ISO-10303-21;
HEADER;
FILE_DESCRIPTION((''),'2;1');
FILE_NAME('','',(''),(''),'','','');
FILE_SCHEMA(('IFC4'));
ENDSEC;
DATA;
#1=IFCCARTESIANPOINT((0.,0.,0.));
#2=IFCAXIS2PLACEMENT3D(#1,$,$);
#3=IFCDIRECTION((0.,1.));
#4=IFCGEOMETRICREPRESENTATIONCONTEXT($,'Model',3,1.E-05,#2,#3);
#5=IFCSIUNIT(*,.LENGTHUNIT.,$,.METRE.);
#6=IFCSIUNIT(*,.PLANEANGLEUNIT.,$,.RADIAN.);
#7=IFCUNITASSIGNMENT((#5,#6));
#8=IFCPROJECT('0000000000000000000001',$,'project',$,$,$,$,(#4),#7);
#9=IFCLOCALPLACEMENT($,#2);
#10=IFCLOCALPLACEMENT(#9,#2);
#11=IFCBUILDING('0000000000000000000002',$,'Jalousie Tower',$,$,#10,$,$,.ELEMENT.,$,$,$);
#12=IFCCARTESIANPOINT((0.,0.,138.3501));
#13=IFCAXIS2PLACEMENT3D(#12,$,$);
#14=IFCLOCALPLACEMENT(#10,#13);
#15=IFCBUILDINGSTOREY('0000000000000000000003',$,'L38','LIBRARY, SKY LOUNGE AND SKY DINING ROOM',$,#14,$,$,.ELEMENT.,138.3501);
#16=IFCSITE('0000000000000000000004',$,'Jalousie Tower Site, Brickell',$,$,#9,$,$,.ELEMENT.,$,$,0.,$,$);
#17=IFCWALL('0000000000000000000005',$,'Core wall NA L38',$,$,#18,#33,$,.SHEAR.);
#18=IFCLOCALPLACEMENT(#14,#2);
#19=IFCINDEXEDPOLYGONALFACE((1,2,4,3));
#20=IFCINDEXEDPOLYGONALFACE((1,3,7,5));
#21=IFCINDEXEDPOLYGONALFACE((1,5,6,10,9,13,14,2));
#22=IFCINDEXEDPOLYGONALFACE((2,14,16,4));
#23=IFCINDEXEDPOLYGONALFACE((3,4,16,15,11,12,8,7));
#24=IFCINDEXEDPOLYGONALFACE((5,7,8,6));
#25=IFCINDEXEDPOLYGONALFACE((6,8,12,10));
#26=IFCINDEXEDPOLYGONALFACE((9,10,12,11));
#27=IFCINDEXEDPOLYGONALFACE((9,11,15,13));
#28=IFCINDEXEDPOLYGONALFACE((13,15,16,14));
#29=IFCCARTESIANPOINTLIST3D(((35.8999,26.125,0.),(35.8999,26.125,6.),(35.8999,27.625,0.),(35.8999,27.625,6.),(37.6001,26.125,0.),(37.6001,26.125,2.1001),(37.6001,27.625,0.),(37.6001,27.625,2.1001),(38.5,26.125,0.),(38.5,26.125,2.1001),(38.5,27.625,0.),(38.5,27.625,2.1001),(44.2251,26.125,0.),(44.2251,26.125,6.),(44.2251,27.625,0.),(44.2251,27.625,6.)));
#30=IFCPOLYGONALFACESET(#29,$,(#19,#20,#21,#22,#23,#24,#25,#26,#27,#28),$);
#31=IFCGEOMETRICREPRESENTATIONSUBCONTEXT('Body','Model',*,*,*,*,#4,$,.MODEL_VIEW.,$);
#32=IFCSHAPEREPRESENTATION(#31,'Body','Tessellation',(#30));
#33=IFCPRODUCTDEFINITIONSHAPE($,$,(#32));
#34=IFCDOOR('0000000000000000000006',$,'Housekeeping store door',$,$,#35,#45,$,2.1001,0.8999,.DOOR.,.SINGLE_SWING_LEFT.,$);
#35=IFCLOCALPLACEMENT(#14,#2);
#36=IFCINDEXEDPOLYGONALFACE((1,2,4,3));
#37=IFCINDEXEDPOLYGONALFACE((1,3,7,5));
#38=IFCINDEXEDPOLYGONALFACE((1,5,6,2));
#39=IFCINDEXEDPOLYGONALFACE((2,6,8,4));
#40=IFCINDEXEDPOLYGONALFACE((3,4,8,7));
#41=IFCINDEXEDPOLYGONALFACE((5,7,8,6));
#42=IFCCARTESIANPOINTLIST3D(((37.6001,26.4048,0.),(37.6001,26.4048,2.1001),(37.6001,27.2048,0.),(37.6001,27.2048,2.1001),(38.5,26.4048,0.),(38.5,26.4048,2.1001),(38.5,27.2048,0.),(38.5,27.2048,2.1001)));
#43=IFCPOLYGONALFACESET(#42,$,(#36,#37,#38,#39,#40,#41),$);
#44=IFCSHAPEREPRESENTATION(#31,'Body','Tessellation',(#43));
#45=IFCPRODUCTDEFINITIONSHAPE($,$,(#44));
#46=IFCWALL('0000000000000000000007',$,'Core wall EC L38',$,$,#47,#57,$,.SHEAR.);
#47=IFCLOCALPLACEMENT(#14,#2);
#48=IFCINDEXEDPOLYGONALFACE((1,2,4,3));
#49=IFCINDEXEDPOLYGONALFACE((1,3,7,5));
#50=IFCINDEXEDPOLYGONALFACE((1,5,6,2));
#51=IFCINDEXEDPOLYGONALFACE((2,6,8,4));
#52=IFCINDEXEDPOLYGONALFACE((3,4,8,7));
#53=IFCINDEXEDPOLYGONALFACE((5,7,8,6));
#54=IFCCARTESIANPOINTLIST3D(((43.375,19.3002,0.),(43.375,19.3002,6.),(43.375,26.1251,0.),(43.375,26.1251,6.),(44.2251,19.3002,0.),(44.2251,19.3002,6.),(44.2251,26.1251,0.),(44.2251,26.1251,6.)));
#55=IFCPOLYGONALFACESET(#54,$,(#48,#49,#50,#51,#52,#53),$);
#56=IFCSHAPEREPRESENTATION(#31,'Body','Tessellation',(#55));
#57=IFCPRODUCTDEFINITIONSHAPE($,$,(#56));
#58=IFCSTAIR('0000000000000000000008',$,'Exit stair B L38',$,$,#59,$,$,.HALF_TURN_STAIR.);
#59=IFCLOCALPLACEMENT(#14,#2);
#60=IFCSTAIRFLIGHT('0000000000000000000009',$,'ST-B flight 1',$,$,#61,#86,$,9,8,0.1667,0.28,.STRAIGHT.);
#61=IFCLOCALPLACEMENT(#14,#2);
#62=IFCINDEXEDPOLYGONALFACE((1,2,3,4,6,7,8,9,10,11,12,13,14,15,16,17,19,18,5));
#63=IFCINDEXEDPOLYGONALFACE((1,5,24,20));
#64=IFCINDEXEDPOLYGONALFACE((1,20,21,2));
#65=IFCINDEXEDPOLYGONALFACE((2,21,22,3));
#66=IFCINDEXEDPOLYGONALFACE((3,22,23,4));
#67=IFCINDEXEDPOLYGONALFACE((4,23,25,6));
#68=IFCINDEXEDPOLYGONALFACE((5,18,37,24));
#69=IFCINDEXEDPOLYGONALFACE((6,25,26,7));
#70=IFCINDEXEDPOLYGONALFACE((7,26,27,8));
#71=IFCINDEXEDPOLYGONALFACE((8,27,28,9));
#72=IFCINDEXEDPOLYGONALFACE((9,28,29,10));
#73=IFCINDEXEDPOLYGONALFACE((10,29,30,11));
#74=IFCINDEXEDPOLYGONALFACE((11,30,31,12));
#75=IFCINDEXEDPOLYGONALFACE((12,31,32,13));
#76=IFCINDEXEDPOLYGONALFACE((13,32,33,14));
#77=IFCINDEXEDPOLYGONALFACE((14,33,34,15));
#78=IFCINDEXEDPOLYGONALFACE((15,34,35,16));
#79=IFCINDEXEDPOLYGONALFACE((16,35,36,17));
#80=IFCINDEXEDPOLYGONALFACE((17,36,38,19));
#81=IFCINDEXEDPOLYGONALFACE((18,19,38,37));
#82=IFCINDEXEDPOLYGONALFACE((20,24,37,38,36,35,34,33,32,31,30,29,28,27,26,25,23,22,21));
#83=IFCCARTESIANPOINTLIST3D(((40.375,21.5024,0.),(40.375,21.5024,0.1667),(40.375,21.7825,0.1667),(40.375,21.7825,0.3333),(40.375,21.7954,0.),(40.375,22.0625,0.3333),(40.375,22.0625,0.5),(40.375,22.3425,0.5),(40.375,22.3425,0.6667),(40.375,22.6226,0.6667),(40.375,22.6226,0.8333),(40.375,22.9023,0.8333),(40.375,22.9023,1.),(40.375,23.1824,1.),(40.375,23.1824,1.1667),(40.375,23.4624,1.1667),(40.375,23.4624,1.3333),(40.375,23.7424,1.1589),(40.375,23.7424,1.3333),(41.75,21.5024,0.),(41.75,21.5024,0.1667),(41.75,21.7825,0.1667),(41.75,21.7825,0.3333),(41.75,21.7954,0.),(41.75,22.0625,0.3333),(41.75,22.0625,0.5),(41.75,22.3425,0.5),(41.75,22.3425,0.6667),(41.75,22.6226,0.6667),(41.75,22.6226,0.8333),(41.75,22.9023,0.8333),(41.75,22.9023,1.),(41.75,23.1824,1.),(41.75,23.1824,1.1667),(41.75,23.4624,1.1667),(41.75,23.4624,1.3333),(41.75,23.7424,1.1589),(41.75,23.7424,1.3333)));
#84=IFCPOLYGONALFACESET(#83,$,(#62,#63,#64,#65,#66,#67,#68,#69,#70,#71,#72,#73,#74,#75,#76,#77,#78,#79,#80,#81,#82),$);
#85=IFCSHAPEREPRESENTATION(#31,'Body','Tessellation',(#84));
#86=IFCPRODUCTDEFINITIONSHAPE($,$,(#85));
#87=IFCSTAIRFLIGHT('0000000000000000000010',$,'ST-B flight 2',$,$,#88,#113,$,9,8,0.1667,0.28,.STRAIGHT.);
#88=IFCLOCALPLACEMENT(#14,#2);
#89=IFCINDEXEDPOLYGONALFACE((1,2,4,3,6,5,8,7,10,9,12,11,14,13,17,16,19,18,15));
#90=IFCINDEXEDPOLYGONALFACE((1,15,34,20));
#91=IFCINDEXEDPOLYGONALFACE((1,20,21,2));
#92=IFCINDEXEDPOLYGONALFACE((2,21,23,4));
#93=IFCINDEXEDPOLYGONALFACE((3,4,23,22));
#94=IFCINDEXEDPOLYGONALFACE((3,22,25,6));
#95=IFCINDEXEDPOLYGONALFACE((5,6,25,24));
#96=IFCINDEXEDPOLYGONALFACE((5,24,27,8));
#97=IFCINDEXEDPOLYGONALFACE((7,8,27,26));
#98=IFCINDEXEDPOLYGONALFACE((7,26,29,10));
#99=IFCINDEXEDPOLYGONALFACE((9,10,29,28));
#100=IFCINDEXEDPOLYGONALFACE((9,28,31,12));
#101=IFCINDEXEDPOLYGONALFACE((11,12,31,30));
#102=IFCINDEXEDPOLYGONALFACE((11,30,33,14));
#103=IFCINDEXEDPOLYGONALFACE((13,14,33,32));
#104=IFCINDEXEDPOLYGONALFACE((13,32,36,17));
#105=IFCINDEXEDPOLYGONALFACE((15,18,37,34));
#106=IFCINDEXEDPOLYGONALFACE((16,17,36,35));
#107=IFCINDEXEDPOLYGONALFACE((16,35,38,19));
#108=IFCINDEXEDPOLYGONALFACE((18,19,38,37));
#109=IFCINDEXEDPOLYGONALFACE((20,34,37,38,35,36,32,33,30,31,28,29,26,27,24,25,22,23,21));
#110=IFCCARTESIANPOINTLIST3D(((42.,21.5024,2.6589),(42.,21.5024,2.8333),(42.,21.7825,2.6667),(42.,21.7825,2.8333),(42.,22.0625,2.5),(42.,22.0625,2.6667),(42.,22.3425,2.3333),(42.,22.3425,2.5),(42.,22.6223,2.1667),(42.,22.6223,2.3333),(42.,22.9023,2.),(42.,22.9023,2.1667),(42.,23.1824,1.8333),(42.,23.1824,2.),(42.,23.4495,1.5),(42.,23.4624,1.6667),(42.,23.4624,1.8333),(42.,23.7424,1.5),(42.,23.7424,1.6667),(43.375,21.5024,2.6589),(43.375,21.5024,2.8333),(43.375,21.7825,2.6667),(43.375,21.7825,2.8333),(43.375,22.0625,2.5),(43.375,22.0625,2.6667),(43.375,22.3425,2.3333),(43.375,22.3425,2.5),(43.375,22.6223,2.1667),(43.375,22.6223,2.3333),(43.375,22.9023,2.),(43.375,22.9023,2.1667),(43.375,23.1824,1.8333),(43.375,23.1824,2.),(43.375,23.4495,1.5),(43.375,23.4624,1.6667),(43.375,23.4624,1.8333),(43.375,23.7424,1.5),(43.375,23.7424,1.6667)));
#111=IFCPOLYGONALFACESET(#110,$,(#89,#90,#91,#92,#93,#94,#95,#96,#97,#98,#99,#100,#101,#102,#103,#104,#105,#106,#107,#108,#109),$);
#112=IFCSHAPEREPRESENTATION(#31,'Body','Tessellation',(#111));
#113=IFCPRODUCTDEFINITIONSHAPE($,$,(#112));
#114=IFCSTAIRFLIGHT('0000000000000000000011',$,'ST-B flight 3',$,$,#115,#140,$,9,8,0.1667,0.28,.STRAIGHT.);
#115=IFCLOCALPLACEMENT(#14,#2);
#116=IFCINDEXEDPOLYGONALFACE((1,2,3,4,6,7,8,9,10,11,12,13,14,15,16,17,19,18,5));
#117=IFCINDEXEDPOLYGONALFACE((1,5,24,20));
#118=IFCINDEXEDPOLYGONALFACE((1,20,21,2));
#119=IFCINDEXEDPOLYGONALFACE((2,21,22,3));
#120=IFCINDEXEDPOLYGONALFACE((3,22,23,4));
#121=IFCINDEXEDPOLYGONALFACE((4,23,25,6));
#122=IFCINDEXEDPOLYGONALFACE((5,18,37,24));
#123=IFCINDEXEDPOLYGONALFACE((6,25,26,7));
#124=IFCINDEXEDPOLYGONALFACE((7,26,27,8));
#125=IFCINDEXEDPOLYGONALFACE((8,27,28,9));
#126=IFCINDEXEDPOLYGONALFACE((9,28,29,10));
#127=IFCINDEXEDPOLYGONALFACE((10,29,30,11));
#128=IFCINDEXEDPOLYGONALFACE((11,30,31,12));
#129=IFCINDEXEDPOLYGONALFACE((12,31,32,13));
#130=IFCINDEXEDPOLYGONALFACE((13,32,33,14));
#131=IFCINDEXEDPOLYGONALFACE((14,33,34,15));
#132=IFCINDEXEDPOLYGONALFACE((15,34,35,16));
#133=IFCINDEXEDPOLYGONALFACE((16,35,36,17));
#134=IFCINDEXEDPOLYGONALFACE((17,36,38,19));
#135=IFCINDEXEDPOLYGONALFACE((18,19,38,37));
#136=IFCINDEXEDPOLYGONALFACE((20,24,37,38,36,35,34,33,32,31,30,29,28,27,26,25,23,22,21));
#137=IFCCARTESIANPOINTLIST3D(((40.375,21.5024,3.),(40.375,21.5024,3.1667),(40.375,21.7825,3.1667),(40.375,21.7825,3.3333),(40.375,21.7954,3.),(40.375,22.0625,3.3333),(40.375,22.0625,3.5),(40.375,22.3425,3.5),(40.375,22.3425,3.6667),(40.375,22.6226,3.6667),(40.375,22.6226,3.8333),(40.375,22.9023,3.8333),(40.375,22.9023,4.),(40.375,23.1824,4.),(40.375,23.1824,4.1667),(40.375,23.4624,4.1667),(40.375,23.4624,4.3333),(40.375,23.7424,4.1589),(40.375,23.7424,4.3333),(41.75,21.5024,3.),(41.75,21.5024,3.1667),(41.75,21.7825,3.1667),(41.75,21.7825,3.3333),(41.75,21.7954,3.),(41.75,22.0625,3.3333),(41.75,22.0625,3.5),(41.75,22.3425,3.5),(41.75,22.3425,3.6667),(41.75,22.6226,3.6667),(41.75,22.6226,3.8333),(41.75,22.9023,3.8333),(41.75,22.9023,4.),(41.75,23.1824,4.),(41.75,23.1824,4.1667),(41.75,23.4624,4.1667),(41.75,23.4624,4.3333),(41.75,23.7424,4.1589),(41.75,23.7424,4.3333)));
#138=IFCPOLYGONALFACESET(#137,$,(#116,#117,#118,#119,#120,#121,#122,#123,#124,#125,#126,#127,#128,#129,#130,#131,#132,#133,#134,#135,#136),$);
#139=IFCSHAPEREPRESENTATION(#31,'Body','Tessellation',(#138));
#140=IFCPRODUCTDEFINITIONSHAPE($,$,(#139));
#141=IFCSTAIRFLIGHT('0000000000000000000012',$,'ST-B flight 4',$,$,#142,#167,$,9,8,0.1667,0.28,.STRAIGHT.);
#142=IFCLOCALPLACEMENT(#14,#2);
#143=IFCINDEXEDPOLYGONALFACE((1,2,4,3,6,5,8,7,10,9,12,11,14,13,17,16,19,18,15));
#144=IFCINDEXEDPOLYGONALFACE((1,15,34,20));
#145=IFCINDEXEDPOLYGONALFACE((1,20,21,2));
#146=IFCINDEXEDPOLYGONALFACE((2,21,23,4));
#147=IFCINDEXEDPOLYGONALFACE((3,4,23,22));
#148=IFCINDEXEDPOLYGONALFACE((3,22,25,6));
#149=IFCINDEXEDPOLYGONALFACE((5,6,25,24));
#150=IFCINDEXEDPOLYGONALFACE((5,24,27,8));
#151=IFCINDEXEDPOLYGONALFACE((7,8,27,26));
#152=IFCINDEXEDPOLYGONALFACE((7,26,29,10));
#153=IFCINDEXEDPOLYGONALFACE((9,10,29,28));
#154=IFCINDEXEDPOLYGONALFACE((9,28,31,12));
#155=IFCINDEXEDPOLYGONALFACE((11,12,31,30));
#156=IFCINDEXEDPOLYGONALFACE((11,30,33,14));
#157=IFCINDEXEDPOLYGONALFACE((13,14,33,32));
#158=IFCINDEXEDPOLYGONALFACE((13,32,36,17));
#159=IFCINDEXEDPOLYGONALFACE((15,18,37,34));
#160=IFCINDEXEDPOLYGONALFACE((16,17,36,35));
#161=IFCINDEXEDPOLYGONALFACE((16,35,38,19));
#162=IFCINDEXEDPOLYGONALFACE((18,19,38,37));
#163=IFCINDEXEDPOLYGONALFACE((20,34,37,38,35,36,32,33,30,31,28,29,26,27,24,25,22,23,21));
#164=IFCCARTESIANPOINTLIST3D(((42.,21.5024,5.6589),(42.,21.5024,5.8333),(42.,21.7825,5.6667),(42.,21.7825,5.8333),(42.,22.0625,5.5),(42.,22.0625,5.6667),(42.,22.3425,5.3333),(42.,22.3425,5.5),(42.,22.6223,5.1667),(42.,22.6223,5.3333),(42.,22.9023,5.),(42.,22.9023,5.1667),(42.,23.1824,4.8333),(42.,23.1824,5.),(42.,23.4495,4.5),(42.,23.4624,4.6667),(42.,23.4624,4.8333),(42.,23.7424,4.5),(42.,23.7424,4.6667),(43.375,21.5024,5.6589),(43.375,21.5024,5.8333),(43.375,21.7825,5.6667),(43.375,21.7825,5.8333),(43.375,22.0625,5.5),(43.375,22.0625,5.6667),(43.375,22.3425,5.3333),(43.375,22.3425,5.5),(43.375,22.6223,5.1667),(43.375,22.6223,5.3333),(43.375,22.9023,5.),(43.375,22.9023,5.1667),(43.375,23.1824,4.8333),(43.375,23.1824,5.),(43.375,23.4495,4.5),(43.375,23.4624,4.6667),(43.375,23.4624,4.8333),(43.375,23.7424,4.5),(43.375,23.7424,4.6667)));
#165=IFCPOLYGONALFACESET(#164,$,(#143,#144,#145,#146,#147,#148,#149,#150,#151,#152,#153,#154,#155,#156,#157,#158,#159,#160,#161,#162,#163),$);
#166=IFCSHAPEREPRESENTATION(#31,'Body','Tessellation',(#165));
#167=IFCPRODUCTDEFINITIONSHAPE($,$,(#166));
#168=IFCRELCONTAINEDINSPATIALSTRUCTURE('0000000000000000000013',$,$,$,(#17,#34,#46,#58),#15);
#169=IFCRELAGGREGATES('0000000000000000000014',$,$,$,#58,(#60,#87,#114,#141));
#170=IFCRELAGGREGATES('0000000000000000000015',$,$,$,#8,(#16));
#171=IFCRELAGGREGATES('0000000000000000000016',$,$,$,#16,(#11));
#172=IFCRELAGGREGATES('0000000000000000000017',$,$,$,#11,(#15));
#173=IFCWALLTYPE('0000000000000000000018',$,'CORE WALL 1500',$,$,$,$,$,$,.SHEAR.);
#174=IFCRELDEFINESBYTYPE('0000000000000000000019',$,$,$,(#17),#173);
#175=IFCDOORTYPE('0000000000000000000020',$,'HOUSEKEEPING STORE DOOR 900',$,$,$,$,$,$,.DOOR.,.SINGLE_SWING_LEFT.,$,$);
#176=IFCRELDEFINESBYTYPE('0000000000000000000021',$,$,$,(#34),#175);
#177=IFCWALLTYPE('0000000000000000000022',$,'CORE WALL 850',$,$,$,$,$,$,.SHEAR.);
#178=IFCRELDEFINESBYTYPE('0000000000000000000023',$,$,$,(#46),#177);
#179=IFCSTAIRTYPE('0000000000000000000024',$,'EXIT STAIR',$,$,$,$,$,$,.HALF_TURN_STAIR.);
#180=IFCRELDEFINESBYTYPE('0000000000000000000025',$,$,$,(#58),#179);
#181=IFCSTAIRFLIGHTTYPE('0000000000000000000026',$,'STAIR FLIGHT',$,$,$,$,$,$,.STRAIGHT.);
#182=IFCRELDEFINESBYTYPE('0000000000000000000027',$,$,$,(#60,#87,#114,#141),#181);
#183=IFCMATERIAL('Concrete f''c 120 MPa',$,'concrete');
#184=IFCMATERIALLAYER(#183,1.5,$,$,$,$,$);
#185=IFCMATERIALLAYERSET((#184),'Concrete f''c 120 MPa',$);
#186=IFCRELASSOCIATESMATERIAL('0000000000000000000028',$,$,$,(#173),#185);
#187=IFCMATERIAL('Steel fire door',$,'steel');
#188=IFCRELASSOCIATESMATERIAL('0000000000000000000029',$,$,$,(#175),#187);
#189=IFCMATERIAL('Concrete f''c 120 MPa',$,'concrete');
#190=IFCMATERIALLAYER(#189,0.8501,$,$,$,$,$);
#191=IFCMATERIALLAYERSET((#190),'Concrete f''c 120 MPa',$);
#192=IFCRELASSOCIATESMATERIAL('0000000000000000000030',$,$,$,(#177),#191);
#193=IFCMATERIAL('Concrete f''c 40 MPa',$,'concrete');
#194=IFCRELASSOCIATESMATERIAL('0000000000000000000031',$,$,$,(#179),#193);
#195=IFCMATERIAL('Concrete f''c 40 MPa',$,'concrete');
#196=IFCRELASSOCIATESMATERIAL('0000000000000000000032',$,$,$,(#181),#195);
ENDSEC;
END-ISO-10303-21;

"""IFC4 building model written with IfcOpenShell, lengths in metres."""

from ifc_helpers import new_model, si_unit, direction, frame, frame_2d, origin, place, context, subcontext, project, spatial, polyline, rectangle, outline, extrude, material, layer, layer_set, type_object, element, fill, aggregate, save


model = new_model("IFC4")

# Units and contexts
model_context = context("Model", 3, precision=1e-05, world=origin(), true_north=direction((0.0, 1.0)))
body_context = subcontext(model_context, "Body", "Model", "MODEL_VIEW")
ifc_project = project(units=[si_unit("LENGTHUNIT", "METRE"), si_unit("PLANEANGLEUNIT", "RADIAN")], contexts=[model_context])

# Site, building, storey
site_placement = place(None, origin())
site = spatial("IfcSite", under=ifc_project, at=site_placement, Name="Jalousie Tower Site, Brickell", CompositionType="ELEMENT", RefElevation=0.0)
building_placement = place(site_placement, origin())
building = spatial("IfcBuilding", under=site, at=building_placement, Name="Jalousie Tower", CompositionType="ELEMENT")
storey_placement = place(building_placement, frame((0.0, 0.0, 138.3501)))
storey = spatial("IfcBuildingStorey", under=building, at=storey_placement, Name="L38", Description="LIBRARY, SKY LOUNGE AND SKY DINING ROOM", CompositionType="ELEMENT", Elevation=138.3501)

# Wall, opening, door
ifc_material_1 = material(Name="Concrete f'c 120 MPa", Category="concrete")
ifc_layer_1 = layer(ifc_material_1, 1.5)
ifc_layer_set_1 = layer_set([ifc_layer_1], Name="Concrete f'c 120 MPa")
wall_type_1 = type_object("IfcWallType", Name="CORE WALL 1500", PredefinedType="SHEAR", material=ifc_layer_set_1)
wall_1_placement = place(storey_placement, frame((44.2251, 26.875, 0.0), z_axis=(0.0, 0.0, 1.0), x_axis=(-1.0, 0.0, 0.0)))
wall_1 = element("IfcWall", 1, at=wall_1_placement, inside=storey, type_object=wall_type_1, Name="Core wall NA L38", PredefinedType="SHEAR", context=body_context, shape_type="SweptSolid", body=[
    extrude(rectangle(XDim=8.3252, YDim=1.5, at=frame_2d((4.1626, 0.0))), origin(), (0.0, 0.0, 1.0), 6.0),
])
opening_placement = place(wall_1_placement, frame((5.7251, 0.0, 0.0)))
opening = element("IfcOpeningElement", 2, at=opening_placement, cuts=wall_1, PredefinedType="OPENING", context=body_context, shape_type="SweptSolid", body=[
    extrude(rectangle(XDim=0.8999, YDim=2.1001, at=frame_2d((0.45, 1.05))), frame((0.0, 0.76, 0.0), z_axis=(0.0, -1.0, 0.0), x_axis=(1.0, 0.0, 0.0)), (0.0, 0.0, 1.0), 1.52),
])
ifc_material_2 = material(Name="Steel fire door", Category="steel")
door_type = type_object("IfcDoorType", Name="HOUSEKEEPING STORE DOOR 900", OperationType="SINGLE_SWING_LEFT", PredefinedType="DOOR", material=ifc_material_2)
door_placement = place(opening_placement, origin())
door = element("IfcDoor", 3, at=door_placement, inside=storey, type_object=door_type, Name="Housekeeping store door", OperationType="SINGLE_SWING_LEFT", OverallHeight=2.1001, OverallWidth=0.8999, PredefinedType="DOOR", context=body_context, shape_type="SweptSolid", body=[
    extrude(rectangle(XDim=0.8999, YDim=2.1001, at=frame_2d((0.45, 1.05))), frame((0.0, 0.4702, 0.0), z_axis=(0.0, -1.0, 0.0), x_axis=(1.0, 0.0, 0.0)), (0.0, 0.0, 1.0), 0.8),
])
fill(opening, door)

# Wall
ifc_material_3 = material(Name="Concrete f'c 120 MPa", Category="concrete")
ifc_layer_2 = layer(ifc_material_3, 0.8501)
ifc_layer_set_2 = layer_set([ifc_layer_2], Name="Concrete f'c 120 MPa")
wall_type_2 = type_object("IfcWallType", Name="CORE WALL 850", PredefinedType="SHEAR", material=ifc_layer_set_2)
wall_2_placement = place(storey_placement, frame((43.8, 19.3, 0.0), z_axis=(0.0, 0.0, 1.0), x_axis=(0.0, 1.0, 0.0)))
element("IfcWall", 4, at=wall_2_placement, inside=storey, type_object=wall_type_2, Name="Core wall EC L38", PredefinedType="SHEAR", context=body_context, shape_type="SweptSolid", body=[
    extrude(rectangle(XDim=6.825, YDim=0.8501, at=frame_2d((3.4126, 0.0))), origin(), (0.0, 0.0, 1.0), 6.0),
])

# Stair, stair flights
ifc_material_4 = material(Name="Concrete f'c 40 MPa", Category="concrete")
stair_type = type_object("IfcStairType", Name="EXIT STAIR", PredefinedType="HALF_TURN_STAIR", material=ifc_material_4)
stair_placement = place(storey_placement, origin())
stair = element("IfcStair", 5, at=stair_placement, inside=storey, type_object=stair_type, Name="Exit stair B L38", PredefinedType="HALF_TURN_STAIR")
ifc_material_5 = material(Name="Concrete f'c 40 MPa", Category="concrete")
stair_flight_type = type_object("IfcStairFlightType", Name="STAIR FLIGHT", PredefinedType="STRAIGHT", material=ifc_material_5)
stair_flight_1_placement = place(storey_placement, frame((41.0625, 21.5024, 0.0), z_axis=(0.0, 0.0, 1.0), x_axis=(0.0, 1.0, 0.0)))
stair_flight_1 = element("IfcStairFlight", 6, at=stair_flight_1_placement, type_object=stair_flight_type, Name="ST-B flight 1", NumberOfRisers=9, NumberOfTreads=8, PredefinedType="STRAIGHT", RiserHeight=0.1667, TreadLength=0.28, context=body_context, shape_type="SweptSolid", body=[
    extrude(outline(polyline([(0.0, 0.0), (0.0, 0.1667), (0.28, 0.1667), (0.28, 0.3333), (0.5601, 0.3333), (0.5601, 0.5), (0.8401, 0.5), (0.8401, 0.6667), (1.1201, 0.6667), (1.1201, 0.8333), (1.3999, 0.8333), (1.3999, 1.0), (1.6799, 1.0), (1.6799, 1.1667), (1.96, 1.1667), (1.96, 1.3333), (2.24, 1.3333), (2.24, 1.5), (2.24, 1.1589), (0.293, 0.0), (0.0, 0.0)])), frame((0.0, 0.6875, 0.0), z_axis=(0.0, -1.0, 0.0), x_axis=(1.0, 0.0, 0.0)), (0.0, 0.0, 1.0), 1.375),
])
stair_flight_2_placement = place(storey_placement, frame((42.6875, 23.7424, 1.5), z_axis=(0.0, 0.0, 1.0), x_axis=(0.0, -1.0, 0.0)))
stair_flight_2 = element("IfcStairFlight", 7, at=stair_flight_2_placement, type_object=stair_flight_type, Name="ST-B flight 2", NumberOfRisers=9, NumberOfTreads=8, PredefinedType="STRAIGHT", RiserHeight=0.1667, TreadLength=0.28, context=body_context, shape_type="SweptSolid", body=[
    extrude(outline(polyline([(0.0, 0.0), (0.0, 0.1667), (0.28, 0.1667), (0.28, 0.3333), (0.5601, 0.3333), (0.5601, 0.5), (0.8401, 0.5), (0.8401, 0.6667), (1.1201, 0.6667), (1.1201, 0.8333), (1.3999, 0.8333), (1.3999, 1.0), (1.6799, 1.0), (1.6799, 1.1667), (1.96, 1.1667), (1.96, 1.3333), (2.24, 1.3333), (2.24, 1.5), (2.24, 1.1589), (0.293, 0.0), (0.0, 0.0)])), frame((0.0, 0.6875, 0.0), z_axis=(0.0, -1.0, 0.0), x_axis=(1.0, 0.0, 0.0)), (0.0, 0.0, 1.0), 1.375),
])
stair_flight_3_placement = place(storey_placement, frame((41.0625, 21.5024, 3.0), z_axis=(0.0, 0.0, 1.0), x_axis=(0.0, 1.0, 0.0)))
stair_flight_3 = element("IfcStairFlight", 8, at=stair_flight_3_placement, type_object=stair_flight_type, Name="ST-B flight 3", NumberOfRisers=9, NumberOfTreads=8, PredefinedType="STRAIGHT", RiserHeight=0.1667, TreadLength=0.28, context=body_context, shape_type="SweptSolid", body=[
    extrude(outline(polyline([(0.0, 0.0), (0.0, 0.1667), (0.28, 0.1667), (0.28, 0.3333), (0.5601, 0.3333), (0.5601, 0.5), (0.8401, 0.5), (0.8401, 0.6667), (1.1201, 0.6667), (1.1201, 0.8333), (1.3999, 0.8333), (1.3999, 1.0), (1.6799, 1.0), (1.6799, 1.1667), (1.96, 1.1667), (1.96, 1.3333), (2.24, 1.3333), (2.24, 1.5), (2.24, 1.1589), (0.293, 0.0), (0.0, 0.0)])), frame((0.0, 0.6875, 0.0), z_axis=(0.0, -1.0, 0.0), x_axis=(1.0, 0.0, 0.0)), (0.0, 0.0, 1.0), 1.375),
])
stair_flight_4_placement = place(storey_placement, frame((42.6875, 23.7424, 4.5), z_axis=(0.0, 0.0, 1.0), x_axis=(0.0, -1.0, 0.0)))
stair_flight_4 = element("IfcStairFlight", 9, at=stair_flight_4_placement, type_object=stair_flight_type, Name="ST-B flight 4", NumberOfRisers=9, NumberOfTreads=8, PredefinedType="STRAIGHT", RiserHeight=0.1667, TreadLength=0.28, context=body_context, shape_type="SweptSolid", body=[
    extrude(outline(polyline([(0.0, 0.0), (0.0, 0.1667), (0.28, 0.1667), (0.28, 0.3333), (0.5601, 0.3333), (0.5601, 0.5), (0.8401, 0.5), (0.8401, 0.6667), (1.1201, 0.6667), (1.1201, 0.8333), (1.3999, 0.8333), (1.3999, 1.0), (1.6799, 1.0), (1.6799, 1.1667), (1.96, 1.1667), (1.96, 1.3333), (2.24, 1.3333), (2.24, 1.5), (2.24, 1.1589), (0.293, 0.0), (0.0, 0.0)])), frame((0.0, 0.6875, 0.0), z_axis=(0.0, -1.0, 0.0), x_axis=(1.0, 0.0, 0.0)), (0.0, 0.0, 1.0), 1.375),
])
aggregate(stair, [stair_flight_1, stair_flight_2, stair_flight_3, stair_flight_4])

save(model, "model.ifc")
